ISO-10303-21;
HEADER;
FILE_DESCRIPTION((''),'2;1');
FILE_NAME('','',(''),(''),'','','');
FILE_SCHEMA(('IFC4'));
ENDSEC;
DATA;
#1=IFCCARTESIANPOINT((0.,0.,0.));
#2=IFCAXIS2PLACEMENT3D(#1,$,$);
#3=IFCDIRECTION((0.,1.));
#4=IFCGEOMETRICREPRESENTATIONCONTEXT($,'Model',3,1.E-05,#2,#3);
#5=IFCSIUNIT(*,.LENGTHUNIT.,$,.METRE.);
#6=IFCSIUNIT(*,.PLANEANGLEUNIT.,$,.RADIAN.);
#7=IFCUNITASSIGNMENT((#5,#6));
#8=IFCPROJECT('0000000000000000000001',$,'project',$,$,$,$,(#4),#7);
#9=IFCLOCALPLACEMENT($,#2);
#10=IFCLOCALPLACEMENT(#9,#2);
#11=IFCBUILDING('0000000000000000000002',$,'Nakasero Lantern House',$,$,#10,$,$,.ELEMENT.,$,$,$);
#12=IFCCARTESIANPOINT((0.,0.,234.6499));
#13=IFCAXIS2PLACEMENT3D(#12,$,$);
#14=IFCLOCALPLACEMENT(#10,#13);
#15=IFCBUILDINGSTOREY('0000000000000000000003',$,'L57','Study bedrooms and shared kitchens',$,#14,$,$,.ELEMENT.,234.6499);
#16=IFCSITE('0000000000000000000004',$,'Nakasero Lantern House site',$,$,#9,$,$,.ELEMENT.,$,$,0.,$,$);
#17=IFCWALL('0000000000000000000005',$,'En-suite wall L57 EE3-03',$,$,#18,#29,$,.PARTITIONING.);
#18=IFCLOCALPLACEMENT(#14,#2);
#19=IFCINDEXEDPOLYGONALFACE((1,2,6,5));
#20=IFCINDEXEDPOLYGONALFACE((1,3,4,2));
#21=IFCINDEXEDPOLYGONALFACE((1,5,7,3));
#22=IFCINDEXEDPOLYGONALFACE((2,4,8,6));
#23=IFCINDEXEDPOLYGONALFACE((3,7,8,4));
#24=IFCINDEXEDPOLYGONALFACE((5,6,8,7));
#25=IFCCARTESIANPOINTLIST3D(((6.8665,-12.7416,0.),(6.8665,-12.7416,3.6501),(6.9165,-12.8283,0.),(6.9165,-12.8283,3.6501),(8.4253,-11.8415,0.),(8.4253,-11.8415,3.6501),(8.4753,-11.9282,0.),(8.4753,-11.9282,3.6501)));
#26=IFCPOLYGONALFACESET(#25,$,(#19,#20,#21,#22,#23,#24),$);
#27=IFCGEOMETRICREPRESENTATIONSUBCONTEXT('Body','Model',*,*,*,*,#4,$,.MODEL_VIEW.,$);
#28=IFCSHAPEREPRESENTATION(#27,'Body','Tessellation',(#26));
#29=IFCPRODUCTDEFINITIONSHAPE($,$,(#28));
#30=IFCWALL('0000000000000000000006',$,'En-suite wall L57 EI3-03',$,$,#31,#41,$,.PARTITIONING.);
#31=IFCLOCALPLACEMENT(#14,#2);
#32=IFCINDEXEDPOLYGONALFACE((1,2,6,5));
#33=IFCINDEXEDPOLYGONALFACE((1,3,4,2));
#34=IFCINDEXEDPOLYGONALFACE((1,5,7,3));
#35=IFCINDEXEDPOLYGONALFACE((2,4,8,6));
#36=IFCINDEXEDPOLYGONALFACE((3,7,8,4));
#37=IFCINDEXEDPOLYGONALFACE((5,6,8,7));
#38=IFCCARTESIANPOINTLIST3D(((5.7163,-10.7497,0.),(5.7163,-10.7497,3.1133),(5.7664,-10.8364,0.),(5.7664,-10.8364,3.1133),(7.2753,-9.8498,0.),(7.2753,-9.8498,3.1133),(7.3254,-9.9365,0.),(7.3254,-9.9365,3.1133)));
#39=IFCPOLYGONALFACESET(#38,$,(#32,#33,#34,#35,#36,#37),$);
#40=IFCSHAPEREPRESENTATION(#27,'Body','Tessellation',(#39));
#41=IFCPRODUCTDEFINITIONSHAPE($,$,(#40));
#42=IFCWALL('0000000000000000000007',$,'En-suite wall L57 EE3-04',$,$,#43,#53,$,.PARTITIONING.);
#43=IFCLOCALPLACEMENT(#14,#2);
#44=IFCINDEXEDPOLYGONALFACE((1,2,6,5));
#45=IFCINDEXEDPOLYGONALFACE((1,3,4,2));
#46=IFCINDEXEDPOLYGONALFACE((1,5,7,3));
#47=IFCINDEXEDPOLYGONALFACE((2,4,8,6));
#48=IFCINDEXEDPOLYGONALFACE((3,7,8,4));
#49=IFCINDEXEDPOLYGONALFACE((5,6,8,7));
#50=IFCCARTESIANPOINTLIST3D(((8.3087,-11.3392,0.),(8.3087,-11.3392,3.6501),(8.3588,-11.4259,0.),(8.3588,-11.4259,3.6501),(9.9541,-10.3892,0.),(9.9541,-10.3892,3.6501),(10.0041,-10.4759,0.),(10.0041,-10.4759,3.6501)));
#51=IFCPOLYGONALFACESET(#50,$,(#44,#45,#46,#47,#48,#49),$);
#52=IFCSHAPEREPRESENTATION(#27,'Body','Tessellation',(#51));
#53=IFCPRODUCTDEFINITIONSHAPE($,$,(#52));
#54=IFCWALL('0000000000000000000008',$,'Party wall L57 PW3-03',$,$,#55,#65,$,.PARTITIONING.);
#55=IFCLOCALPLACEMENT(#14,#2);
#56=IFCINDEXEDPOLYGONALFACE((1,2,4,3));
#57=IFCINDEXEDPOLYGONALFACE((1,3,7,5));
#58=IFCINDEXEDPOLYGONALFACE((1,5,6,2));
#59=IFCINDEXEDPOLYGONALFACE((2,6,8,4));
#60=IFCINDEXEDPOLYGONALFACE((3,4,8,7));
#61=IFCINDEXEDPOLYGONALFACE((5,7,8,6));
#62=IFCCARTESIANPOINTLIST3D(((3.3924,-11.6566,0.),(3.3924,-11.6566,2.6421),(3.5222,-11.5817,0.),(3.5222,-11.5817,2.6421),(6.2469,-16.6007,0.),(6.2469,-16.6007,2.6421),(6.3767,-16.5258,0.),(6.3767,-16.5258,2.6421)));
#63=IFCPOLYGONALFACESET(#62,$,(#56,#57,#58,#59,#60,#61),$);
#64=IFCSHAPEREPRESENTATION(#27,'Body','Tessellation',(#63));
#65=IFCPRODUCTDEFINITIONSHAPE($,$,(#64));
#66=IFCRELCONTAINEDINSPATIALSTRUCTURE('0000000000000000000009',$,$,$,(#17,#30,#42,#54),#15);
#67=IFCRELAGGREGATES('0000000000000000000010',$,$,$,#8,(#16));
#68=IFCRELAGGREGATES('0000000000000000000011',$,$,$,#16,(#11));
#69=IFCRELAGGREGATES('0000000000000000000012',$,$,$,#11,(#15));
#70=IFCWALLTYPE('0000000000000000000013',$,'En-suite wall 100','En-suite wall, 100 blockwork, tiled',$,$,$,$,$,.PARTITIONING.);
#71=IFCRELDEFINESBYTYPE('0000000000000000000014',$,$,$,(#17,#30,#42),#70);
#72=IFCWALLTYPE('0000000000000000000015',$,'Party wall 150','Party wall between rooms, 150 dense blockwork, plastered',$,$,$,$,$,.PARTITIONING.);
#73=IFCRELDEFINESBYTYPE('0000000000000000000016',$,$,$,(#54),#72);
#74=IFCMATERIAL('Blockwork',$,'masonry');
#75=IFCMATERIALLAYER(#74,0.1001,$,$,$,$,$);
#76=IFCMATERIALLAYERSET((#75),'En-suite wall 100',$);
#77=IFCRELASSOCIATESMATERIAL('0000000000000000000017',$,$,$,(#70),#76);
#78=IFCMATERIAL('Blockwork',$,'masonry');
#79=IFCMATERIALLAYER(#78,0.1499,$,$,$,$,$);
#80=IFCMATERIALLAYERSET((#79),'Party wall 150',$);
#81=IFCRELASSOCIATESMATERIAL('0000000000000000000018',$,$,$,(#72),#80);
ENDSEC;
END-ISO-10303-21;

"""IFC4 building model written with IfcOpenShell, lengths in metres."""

from ifc_helpers import new_model, si_unit, direction, frame, frame_2d, origin, place, context, subcontext, project, spatial, rectangle, extrude, material, layer, layer_set, type_object, element, save


model = new_model("IFC4")

# Units and contexts
model_context = context("Model", 3, precision=1e-05, world=origin(), true_north=direction((0.0, 1.0)))
body_context = subcontext(model_context, "Body", "Model", "MODEL_VIEW")
ifc_project = project(units=[si_unit("LENGTHUNIT", "METRE"), si_unit("PLANEANGLEUNIT", "RADIAN")], contexts=[model_context])

# Site, building, storey
site_placement = place(None, origin())
site = spatial("IfcSite", under=ifc_project, at=site_placement, Name="Nakasero Lantern House site", CompositionType="ELEMENT", RefElevation=0.0)
building_placement = place(site_placement, origin())
building = spatial("IfcBuilding", under=site, at=building_placement, Name="Nakasero Lantern House", CompositionType="ELEMENT")
storey_placement = place(building_placement, frame((0.0, 0.0, 234.6499)))
storey = spatial("IfcBuildingStorey", under=building, at=storey_placement, Name="L57", Description="Study bedrooms and shared kitchens", CompositionType="ELEMENT", Elevation=234.6499)

# Shared definitions
ifc_material_1 = material(Name="Blockwork", Category="masonry")
ifc_layer_1 = layer(ifc_material_1, 0.1001)
ifc_layer_set_1 = layer_set([ifc_layer_1], Name="En-suite wall 100")
wall_type_1 = type_object("IfcWallType", Name="En-suite wall 100", Description="En-suite wall, 100 blockwork, tiled", PredefinedType="PARTITIONING", material=ifc_layer_set_1)

# Walls
wall_1_placement = place(storey_placement, frame((6.8916, -12.7849, 0.0), z_axis=(0.0, 0.0, 1.0), x_axis=(0.865989, 0.500063, 0.0)))
element("IfcWall", 1, at=wall_1_placement, inside=storey, type_object=wall_type_1, Name="En-suite wall L57 EE3-03", PredefinedType="PARTITIONING", context=body_context, shape_type="SweptSolid", body=[
    extrude(rectangle(XDim=1.8, YDim=0.1001, at=frame_2d((0.8999, 0.0))), origin(), (0.0, 0.0, 1.0), 3.6501),
])
wall_2_placement = place(storey_placement, frame((5.7415, -10.793, 0.0), z_axis=(0.0, 0.0, 1.0), x_axis=(0.866082, 0.499902, 0.0)))
element("IfcWall", 2, at=wall_2_placement, inside=storey, type_object=wall_type_1, Name="En-suite wall L57 EI3-03", PredefinedType="PARTITIONING", context=body_context, shape_type="SweptSolid", body=[
    extrude(rectangle(XDim=1.8, YDim=0.1001, at=frame_2d((0.8999, 0.0))), origin(), (0.0, 0.0, 1.0), 3.1133),
])
wall_3_placement = place(storey_placement, frame((8.3337, -11.3826, 0.0), z_axis=(0.0, 0.0, 1.0), x_axis=(0.866012, 0.500023, 0.0)))
element("IfcWall", 3, at=wall_3_placement, inside=storey, type_object=wall_type_1, Name="En-suite wall L57 EE3-04", PredefinedType="PARTITIONING", context=body_context, shape_type="SweptSolid", body=[
    extrude(rectangle(XDim=1.8999, YDim=0.1001, at=frame_2d((0.95, 0.0))), origin(), (0.0, 0.0, 1.0), 3.6501),
])
ifc_material_2 = material(Name="Blockwork", Category="masonry")
ifc_layer_2 = layer(ifc_material_2, 0.1499)
ifc_layer_set_2 = layer_set([ifc_layer_2], Name="Party wall 150")
wall_type_2 = type_object("IfcWallType", Name="Party wall 150", Description="Party wall between rooms, 150 dense blockwork, plastered", PredefinedType="PARTITIONING", material=ifc_layer_set_2)
wall_4_placement = place(storey_placement, frame((3.4573, -11.6191, 0.0), z_axis=(0.0, 0.0, 1.0), x_axis=(0.500003, -0.866024, 0.0)))
element("IfcWall", 4, at=wall_4_placement, inside=storey, type_object=wall_type_2, Name="Party wall L57 PW3-03", PredefinedType="PARTITIONING", context=body_context, shape_type="SweptSolid", body=[
    extrude(rectangle(XDim=5.709, YDim=0.1499, at=frame_2d((2.8545, 0.0))), origin(), (0.0, 0.0, 1.0), 2.6421),
])

save(model, "model.ifc")
